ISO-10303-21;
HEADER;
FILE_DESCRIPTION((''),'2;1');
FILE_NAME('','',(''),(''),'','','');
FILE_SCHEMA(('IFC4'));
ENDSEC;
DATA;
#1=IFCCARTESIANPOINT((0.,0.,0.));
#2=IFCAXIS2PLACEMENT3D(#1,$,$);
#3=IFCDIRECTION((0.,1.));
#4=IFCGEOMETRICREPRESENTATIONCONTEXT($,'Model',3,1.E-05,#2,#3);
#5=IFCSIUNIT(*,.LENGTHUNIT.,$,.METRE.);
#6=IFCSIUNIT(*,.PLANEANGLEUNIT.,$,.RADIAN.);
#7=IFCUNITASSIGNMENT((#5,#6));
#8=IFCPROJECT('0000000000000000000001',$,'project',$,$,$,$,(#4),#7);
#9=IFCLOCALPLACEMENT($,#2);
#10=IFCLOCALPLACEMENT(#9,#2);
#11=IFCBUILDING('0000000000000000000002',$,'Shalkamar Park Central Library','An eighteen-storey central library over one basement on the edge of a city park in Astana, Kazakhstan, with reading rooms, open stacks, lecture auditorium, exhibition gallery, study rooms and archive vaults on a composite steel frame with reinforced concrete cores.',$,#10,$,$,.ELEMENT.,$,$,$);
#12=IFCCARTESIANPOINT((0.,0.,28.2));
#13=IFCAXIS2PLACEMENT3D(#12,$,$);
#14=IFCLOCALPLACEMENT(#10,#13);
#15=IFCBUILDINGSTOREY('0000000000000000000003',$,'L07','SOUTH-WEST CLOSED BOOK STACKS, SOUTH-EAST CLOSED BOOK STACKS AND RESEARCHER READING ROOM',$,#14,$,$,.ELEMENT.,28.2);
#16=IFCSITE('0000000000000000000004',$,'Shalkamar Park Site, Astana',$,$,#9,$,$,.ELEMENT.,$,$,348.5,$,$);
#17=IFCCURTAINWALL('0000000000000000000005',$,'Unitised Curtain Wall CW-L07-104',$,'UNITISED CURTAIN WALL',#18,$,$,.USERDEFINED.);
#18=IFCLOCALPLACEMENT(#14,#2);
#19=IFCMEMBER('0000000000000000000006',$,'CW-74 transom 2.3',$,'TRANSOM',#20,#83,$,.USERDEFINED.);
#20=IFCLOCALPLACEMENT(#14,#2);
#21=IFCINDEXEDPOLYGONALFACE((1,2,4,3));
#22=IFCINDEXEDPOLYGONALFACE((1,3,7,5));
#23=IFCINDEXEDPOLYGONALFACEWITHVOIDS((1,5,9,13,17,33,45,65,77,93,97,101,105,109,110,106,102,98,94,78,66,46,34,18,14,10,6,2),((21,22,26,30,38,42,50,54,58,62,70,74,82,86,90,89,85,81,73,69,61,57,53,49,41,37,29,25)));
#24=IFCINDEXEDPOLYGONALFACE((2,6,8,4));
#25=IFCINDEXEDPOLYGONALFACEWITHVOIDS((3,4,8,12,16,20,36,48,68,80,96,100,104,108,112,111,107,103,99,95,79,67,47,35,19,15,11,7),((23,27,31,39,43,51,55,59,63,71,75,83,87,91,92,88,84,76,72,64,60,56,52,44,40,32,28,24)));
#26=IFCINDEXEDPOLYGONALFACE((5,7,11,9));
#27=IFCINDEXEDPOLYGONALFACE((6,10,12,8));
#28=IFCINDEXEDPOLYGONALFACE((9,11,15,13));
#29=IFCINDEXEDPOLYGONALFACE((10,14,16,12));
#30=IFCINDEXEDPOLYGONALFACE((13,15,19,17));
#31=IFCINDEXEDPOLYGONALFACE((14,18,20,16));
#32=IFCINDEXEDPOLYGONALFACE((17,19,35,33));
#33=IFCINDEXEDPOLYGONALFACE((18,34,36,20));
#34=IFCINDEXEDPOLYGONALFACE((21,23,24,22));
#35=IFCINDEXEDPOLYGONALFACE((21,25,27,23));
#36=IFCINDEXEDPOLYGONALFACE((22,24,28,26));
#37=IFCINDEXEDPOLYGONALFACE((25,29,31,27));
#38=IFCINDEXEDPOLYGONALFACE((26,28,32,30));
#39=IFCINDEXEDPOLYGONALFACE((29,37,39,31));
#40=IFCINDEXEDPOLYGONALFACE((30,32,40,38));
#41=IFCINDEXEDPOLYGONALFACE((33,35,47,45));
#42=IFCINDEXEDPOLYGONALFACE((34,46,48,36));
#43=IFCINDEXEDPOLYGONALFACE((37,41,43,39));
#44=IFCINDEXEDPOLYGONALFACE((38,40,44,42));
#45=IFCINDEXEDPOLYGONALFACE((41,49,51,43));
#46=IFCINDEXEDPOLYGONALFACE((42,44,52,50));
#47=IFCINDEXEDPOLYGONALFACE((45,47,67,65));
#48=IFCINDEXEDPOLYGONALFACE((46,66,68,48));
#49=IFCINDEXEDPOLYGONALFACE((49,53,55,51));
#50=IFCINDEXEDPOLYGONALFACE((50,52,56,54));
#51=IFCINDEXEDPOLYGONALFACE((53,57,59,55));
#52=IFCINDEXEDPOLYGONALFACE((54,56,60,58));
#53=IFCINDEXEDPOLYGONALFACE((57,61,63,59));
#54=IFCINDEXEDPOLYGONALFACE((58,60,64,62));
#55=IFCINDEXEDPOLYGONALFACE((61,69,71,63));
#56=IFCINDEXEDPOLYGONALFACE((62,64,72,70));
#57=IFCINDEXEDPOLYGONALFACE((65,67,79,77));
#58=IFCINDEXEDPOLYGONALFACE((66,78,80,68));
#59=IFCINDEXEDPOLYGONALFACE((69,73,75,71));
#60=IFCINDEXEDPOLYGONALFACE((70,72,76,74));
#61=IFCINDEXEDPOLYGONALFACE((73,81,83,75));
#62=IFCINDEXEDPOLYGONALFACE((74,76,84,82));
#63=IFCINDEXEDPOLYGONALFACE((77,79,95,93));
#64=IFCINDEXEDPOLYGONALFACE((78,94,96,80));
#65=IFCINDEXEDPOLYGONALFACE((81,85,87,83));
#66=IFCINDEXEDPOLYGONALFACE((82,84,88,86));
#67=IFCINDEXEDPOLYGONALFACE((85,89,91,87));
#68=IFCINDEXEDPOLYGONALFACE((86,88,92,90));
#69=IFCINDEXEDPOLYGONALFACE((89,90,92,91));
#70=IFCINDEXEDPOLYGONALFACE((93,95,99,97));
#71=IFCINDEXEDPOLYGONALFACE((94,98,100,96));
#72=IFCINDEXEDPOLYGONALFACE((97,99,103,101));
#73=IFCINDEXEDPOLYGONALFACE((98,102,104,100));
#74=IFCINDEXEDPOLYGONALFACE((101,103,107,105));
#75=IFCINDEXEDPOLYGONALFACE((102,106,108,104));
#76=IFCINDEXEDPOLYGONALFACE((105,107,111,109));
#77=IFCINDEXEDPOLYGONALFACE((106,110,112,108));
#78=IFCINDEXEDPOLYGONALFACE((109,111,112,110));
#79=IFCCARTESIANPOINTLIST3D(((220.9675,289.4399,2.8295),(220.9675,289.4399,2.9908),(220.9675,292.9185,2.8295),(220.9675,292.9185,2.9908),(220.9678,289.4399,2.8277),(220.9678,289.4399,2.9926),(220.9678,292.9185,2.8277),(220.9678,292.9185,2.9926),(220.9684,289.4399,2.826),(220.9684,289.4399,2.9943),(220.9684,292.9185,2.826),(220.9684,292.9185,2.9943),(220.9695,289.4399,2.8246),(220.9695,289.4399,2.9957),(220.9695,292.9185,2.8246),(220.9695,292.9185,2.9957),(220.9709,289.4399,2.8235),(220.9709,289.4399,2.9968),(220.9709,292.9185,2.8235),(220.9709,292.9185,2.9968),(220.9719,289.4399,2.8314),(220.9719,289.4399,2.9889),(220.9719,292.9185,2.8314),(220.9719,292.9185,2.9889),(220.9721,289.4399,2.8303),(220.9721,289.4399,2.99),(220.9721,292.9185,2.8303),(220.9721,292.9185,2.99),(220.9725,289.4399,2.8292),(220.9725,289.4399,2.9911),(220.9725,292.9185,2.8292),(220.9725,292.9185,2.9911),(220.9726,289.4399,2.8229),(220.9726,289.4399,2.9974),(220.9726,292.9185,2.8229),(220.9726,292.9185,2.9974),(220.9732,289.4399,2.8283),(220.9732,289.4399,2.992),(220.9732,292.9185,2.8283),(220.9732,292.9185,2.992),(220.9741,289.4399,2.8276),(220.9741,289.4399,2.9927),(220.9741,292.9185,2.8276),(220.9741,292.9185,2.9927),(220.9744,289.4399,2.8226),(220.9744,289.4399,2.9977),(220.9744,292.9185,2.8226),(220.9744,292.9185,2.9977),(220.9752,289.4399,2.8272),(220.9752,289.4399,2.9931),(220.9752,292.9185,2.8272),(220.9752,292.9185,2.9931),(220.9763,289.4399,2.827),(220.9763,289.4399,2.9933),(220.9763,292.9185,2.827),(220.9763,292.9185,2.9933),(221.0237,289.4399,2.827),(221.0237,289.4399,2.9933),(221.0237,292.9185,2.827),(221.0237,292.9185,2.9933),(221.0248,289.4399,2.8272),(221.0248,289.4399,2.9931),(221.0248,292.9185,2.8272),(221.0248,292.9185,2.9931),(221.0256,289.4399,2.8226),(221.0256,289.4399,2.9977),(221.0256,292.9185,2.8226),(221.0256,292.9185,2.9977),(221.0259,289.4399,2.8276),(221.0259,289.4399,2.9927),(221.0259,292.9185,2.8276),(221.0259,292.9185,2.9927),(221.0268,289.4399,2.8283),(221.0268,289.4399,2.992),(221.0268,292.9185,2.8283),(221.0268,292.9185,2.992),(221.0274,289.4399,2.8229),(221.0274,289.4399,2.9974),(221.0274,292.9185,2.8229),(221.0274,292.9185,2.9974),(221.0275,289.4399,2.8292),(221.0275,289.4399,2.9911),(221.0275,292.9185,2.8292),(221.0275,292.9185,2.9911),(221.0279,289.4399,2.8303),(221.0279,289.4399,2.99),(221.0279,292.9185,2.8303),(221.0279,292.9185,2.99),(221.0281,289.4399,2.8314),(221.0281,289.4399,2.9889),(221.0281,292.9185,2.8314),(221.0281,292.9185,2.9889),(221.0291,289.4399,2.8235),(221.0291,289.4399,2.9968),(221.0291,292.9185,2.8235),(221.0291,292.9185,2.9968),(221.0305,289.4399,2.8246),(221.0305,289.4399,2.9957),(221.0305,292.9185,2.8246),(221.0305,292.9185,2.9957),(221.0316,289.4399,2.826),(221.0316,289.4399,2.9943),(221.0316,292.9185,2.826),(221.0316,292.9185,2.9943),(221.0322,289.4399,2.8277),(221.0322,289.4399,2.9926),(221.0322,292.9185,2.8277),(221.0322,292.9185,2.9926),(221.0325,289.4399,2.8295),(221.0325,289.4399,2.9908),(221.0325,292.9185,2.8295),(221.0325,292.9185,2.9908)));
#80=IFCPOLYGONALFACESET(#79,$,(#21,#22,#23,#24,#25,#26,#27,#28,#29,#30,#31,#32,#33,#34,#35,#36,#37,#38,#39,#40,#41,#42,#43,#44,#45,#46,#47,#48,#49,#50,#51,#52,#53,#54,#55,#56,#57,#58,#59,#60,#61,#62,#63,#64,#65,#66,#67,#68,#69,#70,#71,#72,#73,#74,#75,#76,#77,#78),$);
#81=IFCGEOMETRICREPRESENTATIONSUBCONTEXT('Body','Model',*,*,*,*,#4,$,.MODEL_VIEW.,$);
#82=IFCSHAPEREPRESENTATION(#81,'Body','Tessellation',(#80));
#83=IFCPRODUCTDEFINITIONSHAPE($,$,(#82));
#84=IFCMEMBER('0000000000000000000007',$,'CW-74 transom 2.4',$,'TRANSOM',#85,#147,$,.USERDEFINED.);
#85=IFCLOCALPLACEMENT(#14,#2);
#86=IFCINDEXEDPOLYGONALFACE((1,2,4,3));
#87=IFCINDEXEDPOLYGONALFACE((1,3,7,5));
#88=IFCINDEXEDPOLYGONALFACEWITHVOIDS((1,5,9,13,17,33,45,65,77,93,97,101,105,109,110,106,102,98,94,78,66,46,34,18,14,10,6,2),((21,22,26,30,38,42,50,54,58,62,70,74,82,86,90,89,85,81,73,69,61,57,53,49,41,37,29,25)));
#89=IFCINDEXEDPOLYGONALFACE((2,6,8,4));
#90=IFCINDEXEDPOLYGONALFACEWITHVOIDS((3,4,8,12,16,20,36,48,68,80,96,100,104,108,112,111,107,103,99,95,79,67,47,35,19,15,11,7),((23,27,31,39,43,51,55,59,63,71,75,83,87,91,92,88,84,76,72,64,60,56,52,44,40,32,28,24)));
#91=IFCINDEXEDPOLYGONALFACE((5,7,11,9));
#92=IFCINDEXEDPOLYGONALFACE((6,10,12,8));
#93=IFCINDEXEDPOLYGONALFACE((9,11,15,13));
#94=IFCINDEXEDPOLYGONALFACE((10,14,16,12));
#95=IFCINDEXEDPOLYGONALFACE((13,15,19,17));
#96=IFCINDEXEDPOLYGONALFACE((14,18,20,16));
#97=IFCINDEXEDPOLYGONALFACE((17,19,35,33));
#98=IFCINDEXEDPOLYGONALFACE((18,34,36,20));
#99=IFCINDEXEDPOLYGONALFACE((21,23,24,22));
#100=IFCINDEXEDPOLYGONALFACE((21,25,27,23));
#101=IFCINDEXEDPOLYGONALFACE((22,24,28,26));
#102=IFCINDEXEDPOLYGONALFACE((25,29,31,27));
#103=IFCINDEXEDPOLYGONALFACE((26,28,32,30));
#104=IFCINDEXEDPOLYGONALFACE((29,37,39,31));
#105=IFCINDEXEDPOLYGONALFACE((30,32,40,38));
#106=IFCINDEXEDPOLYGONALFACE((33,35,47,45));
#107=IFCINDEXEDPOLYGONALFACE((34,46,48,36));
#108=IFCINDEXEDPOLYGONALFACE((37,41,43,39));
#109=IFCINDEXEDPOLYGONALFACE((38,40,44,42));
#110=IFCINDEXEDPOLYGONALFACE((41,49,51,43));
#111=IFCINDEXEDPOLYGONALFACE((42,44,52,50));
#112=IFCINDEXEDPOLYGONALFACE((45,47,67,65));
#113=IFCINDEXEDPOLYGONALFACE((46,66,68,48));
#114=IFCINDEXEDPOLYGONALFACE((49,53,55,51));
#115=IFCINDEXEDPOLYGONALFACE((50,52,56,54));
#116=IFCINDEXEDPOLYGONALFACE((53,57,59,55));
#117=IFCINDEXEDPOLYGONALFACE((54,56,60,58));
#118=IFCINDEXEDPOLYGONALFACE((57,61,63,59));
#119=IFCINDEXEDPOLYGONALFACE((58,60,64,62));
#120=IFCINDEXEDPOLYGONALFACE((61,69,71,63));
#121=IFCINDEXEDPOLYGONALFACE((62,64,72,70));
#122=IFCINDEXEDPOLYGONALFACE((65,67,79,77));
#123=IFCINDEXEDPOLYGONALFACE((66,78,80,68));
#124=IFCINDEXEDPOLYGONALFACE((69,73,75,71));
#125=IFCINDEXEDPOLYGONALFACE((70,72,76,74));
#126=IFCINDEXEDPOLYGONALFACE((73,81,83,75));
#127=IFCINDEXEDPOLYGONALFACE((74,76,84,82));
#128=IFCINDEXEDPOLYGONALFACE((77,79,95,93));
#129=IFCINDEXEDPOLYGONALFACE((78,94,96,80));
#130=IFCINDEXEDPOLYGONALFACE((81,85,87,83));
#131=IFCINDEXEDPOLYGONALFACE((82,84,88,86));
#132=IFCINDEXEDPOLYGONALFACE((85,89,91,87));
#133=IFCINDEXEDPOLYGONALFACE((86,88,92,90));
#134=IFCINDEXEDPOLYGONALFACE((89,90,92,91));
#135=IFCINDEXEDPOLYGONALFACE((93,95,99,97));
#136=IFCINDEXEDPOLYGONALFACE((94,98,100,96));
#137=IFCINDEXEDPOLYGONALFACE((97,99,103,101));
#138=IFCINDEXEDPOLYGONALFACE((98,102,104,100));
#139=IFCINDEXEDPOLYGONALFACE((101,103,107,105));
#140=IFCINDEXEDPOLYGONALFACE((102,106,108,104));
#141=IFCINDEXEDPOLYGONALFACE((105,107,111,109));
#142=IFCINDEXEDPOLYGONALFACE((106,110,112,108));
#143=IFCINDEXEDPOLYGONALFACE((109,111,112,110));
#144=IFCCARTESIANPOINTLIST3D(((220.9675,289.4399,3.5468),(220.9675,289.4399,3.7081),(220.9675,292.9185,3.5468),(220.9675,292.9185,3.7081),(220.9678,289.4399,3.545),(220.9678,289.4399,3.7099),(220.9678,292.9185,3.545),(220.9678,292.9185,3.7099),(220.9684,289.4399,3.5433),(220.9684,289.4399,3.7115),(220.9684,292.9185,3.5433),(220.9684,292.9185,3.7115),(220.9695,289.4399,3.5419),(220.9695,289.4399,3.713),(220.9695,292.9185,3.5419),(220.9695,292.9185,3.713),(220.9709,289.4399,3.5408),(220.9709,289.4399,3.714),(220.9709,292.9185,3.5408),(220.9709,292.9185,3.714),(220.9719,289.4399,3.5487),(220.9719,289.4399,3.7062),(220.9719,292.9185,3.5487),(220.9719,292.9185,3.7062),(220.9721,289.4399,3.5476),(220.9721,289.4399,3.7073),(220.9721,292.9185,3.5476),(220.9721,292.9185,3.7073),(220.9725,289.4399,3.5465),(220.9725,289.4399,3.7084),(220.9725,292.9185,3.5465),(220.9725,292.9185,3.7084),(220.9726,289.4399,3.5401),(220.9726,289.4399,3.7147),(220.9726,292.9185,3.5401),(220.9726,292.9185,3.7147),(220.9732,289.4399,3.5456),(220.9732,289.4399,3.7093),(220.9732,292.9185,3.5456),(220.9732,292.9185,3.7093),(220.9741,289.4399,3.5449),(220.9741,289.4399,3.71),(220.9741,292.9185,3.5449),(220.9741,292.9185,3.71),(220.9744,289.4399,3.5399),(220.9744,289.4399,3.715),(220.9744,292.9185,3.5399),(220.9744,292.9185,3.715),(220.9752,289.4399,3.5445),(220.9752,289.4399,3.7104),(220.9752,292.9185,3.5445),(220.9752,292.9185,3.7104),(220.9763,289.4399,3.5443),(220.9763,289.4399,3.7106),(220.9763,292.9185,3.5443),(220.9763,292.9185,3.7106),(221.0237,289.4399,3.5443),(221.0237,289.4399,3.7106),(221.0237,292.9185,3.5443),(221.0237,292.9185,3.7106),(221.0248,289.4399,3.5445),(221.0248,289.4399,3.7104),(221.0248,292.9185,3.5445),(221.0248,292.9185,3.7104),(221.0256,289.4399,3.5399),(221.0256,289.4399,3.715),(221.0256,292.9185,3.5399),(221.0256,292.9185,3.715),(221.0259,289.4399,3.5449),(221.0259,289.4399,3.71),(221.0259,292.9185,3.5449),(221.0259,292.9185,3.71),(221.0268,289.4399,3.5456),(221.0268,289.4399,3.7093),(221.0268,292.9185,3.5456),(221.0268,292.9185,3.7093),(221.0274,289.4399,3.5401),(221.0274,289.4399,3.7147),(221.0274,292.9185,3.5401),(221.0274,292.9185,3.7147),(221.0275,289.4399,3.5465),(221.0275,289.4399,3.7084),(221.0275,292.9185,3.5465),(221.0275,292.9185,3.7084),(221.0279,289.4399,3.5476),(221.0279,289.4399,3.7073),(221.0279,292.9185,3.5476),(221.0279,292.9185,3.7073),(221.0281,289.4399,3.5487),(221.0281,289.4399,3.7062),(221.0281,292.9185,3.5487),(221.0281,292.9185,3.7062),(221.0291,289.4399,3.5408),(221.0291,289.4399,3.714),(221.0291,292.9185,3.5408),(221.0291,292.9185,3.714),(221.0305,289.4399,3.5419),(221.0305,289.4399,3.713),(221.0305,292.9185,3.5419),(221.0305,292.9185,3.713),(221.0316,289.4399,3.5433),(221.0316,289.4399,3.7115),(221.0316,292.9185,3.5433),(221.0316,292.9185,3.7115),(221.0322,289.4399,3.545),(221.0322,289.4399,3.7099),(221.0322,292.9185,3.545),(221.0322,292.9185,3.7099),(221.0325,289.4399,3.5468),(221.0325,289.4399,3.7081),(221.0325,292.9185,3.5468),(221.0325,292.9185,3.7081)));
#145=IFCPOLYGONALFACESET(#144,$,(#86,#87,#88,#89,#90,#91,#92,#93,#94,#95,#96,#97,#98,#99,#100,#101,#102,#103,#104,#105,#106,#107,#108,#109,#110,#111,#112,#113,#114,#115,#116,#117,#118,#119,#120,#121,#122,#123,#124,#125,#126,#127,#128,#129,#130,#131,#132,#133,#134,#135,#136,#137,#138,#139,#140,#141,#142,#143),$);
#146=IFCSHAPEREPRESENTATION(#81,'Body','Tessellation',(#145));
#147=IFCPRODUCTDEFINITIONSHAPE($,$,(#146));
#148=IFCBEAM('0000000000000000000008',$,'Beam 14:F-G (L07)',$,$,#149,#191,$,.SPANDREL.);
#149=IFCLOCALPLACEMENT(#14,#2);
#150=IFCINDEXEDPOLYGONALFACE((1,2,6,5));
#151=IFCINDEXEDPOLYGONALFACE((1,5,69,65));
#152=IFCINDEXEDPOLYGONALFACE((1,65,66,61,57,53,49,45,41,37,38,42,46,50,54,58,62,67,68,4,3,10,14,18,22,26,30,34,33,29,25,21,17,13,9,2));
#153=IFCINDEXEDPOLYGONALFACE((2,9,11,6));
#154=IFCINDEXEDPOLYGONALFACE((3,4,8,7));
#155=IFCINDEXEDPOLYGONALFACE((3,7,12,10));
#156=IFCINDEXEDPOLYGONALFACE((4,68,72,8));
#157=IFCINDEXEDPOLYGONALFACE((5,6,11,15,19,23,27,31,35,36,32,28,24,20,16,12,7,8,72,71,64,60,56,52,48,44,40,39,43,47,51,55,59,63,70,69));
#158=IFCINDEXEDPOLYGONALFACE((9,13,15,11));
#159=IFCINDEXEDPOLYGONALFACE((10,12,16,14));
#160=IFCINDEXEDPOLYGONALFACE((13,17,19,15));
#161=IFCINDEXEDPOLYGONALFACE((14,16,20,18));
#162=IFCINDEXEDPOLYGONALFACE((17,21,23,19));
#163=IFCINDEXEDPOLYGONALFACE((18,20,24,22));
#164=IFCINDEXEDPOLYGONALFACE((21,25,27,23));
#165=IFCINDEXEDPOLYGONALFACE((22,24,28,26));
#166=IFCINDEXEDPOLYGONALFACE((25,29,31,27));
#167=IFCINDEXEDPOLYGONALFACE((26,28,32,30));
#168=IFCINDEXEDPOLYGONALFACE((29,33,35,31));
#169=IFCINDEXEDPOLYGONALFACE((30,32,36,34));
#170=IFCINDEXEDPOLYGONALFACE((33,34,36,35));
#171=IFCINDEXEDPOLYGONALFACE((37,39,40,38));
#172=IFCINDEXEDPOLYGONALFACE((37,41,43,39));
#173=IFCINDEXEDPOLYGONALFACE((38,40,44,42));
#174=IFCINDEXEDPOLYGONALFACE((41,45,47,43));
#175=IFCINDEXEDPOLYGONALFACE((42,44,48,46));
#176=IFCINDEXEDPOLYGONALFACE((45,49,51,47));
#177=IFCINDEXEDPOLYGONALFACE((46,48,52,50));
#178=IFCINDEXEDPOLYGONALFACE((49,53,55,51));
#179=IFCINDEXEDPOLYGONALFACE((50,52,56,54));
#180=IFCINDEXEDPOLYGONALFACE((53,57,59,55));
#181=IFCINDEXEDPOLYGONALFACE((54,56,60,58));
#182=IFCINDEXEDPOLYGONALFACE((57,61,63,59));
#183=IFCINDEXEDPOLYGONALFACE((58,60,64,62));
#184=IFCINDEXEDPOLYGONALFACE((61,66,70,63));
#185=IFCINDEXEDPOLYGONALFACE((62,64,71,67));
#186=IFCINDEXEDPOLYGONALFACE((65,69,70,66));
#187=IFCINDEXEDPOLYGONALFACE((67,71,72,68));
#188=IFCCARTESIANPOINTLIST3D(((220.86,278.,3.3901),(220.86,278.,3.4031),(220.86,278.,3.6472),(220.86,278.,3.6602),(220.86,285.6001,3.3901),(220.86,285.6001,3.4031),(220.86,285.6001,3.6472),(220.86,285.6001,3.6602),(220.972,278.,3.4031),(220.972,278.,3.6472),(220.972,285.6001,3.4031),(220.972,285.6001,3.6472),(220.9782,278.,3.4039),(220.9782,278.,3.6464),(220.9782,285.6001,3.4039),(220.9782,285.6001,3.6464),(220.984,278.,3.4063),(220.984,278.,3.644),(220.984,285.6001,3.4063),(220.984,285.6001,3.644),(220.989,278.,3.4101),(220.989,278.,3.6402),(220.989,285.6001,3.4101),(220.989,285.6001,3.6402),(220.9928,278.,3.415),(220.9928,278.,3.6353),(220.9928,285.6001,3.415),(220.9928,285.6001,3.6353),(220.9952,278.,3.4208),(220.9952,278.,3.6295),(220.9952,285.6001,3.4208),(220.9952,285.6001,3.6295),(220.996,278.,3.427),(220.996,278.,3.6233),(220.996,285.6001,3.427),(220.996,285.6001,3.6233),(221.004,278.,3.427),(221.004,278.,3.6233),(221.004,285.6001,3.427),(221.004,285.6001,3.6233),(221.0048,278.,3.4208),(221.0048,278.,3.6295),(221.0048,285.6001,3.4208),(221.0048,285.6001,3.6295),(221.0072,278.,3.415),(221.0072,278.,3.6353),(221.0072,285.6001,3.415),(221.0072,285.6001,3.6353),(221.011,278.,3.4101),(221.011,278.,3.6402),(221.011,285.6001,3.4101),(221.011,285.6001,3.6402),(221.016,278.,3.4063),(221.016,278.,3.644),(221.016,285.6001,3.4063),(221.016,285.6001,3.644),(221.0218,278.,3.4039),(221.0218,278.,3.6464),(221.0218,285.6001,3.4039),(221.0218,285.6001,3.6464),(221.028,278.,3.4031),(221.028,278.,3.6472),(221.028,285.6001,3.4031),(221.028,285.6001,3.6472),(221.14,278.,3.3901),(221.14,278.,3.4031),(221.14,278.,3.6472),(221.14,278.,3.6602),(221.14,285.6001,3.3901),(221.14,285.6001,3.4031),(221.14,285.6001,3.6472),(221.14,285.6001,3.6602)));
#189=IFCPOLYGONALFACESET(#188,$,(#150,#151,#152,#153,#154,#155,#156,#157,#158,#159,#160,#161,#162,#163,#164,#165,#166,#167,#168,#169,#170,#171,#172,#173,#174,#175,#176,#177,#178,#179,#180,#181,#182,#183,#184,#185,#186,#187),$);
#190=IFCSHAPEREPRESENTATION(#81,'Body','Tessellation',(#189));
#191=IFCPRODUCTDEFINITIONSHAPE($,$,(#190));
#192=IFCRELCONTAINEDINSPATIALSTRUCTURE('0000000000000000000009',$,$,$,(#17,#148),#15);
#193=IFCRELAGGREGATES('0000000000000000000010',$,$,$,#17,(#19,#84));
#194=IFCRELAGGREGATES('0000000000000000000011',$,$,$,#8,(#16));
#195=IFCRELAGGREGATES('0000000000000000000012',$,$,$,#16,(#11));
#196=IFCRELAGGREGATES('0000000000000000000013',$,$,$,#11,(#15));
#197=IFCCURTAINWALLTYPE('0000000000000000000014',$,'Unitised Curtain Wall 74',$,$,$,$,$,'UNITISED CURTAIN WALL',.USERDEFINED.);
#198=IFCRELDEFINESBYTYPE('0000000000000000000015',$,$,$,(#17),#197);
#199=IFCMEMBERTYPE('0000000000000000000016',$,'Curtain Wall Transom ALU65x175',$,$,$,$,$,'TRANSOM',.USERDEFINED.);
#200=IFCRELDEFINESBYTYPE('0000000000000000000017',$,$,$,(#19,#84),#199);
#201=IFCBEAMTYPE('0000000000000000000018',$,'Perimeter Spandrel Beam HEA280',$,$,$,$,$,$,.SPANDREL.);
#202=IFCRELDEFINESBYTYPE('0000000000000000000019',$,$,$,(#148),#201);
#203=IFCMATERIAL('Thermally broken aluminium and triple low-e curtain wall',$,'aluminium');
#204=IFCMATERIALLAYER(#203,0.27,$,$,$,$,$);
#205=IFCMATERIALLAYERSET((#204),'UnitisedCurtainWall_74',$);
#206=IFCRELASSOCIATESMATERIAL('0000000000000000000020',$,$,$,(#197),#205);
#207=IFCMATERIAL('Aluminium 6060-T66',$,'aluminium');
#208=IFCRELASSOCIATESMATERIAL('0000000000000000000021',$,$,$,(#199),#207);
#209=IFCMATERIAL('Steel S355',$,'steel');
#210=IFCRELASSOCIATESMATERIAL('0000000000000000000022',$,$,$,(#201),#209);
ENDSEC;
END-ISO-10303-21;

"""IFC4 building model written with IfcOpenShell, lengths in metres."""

from ifc_helpers import new_model, si_unit, direction, frame, origin, origin_2d, place, context, subcontext, project, spatial, hollow_rectangle, i_section, extrude, material, layer, layer_set, material_profile, profile_set, type_object, element, aggregate, save


model = new_model("IFC4")

# Units and contexts
model_context = context("Model", 3, precision=1e-05, world=origin(), true_north=direction((0.0, 1.0)))
body_context = subcontext(model_context, "Body", "Model", "MODEL_VIEW")
ifc_project = project(units=[si_unit("LENGTHUNIT", "METRE"), si_unit("PLANEANGLEUNIT", "RADIAN")], contexts=[model_context])

# Site, building, storey
site_placement = place(None, origin())
site = spatial("IfcSite", under=ifc_project, at=site_placement, Name="Shalkamar Park Site, Astana", CompositionType="ELEMENT", RefElevation=348.5)
building_placement = place(site_placement, origin())
building = spatial("IfcBuilding", under=site, at=building_placement, Name="Shalkamar Park Central Library", Description="An eighteen-storey central library over one basement on the edge of a city park in Astana, Kazakhstan, with reading rooms, open stacks, lecture auditorium, exhibition gallery, study rooms and archive vaults on a composite steel frame with reinforced concrete cores.", CompositionType="ELEMENT")
storey_placement = place(building_placement, frame((0.0, 0.0, 28.2)))
storey = spatial("IfcBuildingStorey", under=building, at=storey_placement, Name="L07", Description="SOUTH-WEST CLOSED BOOK STACKS, SOUTH-EAST CLOSED BOOK STACKS AND RESEARCHER READING ROOM", CompositionType="ELEMENT", Elevation=28.2)

# Shared definitions
ifc_material_1 = material(Name="Steel S355", Category="steel")

# Curtain wall, members
ifc_material_2 = material(Name="Thermally broken aluminium and triple low-e curtain wall", Category="aluminium")
ifc_layer_1 = layer(ifc_material_2, 0.27)
ifc_layer_set_1 = layer_set([ifc_layer_1], Name="UnitisedCurtainWall_74")
curtain_wall_type = type_object("IfcCurtainWallType", Name="Unitised Curtain Wall 74", ElementType="UNITISED CURTAIN WALL", PredefinedType="USERDEFINED", material=ifc_layer_set_1)
curtain_wall_placement = place(storey_placement, origin())
curtain_wall = element("IfcCurtainWall", 1, at=curtain_wall_placement, inside=storey, type_object=curtain_wall_type, Name="Unitised Curtain Wall CW-L07-104", ObjectType="UNITISED CURTAIN WALL", PredefinedType="USERDEFINED")
ifc_material_3 = material(Name="Aluminium 6060-T66", Category="aluminium")
ifc_material_profile_1 = material_profile(ifc_material_3, hollow_rectangle(XDim=0.0649, YDim=0.175, WallThickness=0.0044, InnerFilletRadius=0.0044, OuterFilletRadius=0.0068, at=origin_2d()), Name="ALU 65x175x4.5")
ifc_profile_set_1 = profile_set([ifc_material_profile_1], Name="Aluminium 6060-T66")
member_type_1 = type_object("IfcMemberType", Name="Curtain Wall Transom ALU65x175", ElementType="TRANSOM", PredefinedType="USERDEFINED", material=ifc_profile_set_1)
member_1_placement = place(storey_placement, frame((221.0, 289.4399, 2.9102), z_axis=(0.0, 1.0, 0.0), x_axis=(-1.0, 0.0, 0.0)))
member_1 = element("IfcMember", 2, at=member_1_placement, type_object=member_type_1, Name="CW-74 transom 2.3", ObjectType="TRANSOM", PredefinedType="USERDEFINED", context=body_context, shape_type="SweptSolid", body=[
    extrude(hollow_rectangle(XDim=0.0649, YDim=0.175, WallThickness=0.0044, InnerFilletRadius=0.0044, OuterFilletRadius=0.0068, at=origin_2d()), origin(), (0.0, 0.0, 1.0), 3.4785),
])
member_2_placement = place(storey_placement, frame((221.0, 289.4399, 3.6274), z_axis=(0.0, 1.0, 0.0), x_axis=(-1.0, 0.0, 0.0)))
member_2 = element("IfcMember", 3, at=member_2_placement, type_object=member_type_1, Name="CW-74 transom 2.4", ObjectType="TRANSOM", PredefinedType="USERDEFINED", context=body_context, shape_type="SweptSolid", body=[
    extrude(hollow_rectangle(XDim=0.0649, YDim=0.175, WallThickness=0.0044, InnerFilletRadius=0.0044, OuterFilletRadius=0.0068, at=origin_2d()), origin(), (0.0, 0.0, 1.0), 3.4785),
])

# Beam
ifc_material_profile_2 = material_profile(ifc_material_1, i_section(OverallWidth=0.28, OverallDepth=0.27, WebThickness=0.0081, FlangeThickness=0.0129, FilletRadius=0.0239, at=origin_2d()), Name="HEA 280")
ifc_profile_set_2 = profile_set([ifc_material_profile_2], Name="Steel S355")
beam_type_1 = type_object("IfcBeamType", Name="Perimeter Spandrel Beam HEA280", PredefinedType="SPANDREL", material=ifc_profile_set_2)
beam_1_placement = place(storey_placement, frame((221.0, 278.0, 3.5251), z_axis=(0.0, 1.0, 0.0), x_axis=(-1.0, 0.0, 0.0)))
element("IfcBeam", 4, at=beam_1_placement, inside=storey, type_object=beam_type_1, Name="Beam 14:F-G (L07)", PredefinedType="SPANDREL", context=body_context, shape_type="SweptSolid", body=[
    extrude(i_section(OverallWidth=0.28, OverallDepth=0.27, WebThickness=0.0081, FlangeThickness=0.0129, FilletRadius=0.0239, at=origin_2d()), origin(), (0.0, 0.0, 1.0), 7.6001),
])

aggregate(curtain_wall, [member_1, member_2])

save(model, "model.ifc")
